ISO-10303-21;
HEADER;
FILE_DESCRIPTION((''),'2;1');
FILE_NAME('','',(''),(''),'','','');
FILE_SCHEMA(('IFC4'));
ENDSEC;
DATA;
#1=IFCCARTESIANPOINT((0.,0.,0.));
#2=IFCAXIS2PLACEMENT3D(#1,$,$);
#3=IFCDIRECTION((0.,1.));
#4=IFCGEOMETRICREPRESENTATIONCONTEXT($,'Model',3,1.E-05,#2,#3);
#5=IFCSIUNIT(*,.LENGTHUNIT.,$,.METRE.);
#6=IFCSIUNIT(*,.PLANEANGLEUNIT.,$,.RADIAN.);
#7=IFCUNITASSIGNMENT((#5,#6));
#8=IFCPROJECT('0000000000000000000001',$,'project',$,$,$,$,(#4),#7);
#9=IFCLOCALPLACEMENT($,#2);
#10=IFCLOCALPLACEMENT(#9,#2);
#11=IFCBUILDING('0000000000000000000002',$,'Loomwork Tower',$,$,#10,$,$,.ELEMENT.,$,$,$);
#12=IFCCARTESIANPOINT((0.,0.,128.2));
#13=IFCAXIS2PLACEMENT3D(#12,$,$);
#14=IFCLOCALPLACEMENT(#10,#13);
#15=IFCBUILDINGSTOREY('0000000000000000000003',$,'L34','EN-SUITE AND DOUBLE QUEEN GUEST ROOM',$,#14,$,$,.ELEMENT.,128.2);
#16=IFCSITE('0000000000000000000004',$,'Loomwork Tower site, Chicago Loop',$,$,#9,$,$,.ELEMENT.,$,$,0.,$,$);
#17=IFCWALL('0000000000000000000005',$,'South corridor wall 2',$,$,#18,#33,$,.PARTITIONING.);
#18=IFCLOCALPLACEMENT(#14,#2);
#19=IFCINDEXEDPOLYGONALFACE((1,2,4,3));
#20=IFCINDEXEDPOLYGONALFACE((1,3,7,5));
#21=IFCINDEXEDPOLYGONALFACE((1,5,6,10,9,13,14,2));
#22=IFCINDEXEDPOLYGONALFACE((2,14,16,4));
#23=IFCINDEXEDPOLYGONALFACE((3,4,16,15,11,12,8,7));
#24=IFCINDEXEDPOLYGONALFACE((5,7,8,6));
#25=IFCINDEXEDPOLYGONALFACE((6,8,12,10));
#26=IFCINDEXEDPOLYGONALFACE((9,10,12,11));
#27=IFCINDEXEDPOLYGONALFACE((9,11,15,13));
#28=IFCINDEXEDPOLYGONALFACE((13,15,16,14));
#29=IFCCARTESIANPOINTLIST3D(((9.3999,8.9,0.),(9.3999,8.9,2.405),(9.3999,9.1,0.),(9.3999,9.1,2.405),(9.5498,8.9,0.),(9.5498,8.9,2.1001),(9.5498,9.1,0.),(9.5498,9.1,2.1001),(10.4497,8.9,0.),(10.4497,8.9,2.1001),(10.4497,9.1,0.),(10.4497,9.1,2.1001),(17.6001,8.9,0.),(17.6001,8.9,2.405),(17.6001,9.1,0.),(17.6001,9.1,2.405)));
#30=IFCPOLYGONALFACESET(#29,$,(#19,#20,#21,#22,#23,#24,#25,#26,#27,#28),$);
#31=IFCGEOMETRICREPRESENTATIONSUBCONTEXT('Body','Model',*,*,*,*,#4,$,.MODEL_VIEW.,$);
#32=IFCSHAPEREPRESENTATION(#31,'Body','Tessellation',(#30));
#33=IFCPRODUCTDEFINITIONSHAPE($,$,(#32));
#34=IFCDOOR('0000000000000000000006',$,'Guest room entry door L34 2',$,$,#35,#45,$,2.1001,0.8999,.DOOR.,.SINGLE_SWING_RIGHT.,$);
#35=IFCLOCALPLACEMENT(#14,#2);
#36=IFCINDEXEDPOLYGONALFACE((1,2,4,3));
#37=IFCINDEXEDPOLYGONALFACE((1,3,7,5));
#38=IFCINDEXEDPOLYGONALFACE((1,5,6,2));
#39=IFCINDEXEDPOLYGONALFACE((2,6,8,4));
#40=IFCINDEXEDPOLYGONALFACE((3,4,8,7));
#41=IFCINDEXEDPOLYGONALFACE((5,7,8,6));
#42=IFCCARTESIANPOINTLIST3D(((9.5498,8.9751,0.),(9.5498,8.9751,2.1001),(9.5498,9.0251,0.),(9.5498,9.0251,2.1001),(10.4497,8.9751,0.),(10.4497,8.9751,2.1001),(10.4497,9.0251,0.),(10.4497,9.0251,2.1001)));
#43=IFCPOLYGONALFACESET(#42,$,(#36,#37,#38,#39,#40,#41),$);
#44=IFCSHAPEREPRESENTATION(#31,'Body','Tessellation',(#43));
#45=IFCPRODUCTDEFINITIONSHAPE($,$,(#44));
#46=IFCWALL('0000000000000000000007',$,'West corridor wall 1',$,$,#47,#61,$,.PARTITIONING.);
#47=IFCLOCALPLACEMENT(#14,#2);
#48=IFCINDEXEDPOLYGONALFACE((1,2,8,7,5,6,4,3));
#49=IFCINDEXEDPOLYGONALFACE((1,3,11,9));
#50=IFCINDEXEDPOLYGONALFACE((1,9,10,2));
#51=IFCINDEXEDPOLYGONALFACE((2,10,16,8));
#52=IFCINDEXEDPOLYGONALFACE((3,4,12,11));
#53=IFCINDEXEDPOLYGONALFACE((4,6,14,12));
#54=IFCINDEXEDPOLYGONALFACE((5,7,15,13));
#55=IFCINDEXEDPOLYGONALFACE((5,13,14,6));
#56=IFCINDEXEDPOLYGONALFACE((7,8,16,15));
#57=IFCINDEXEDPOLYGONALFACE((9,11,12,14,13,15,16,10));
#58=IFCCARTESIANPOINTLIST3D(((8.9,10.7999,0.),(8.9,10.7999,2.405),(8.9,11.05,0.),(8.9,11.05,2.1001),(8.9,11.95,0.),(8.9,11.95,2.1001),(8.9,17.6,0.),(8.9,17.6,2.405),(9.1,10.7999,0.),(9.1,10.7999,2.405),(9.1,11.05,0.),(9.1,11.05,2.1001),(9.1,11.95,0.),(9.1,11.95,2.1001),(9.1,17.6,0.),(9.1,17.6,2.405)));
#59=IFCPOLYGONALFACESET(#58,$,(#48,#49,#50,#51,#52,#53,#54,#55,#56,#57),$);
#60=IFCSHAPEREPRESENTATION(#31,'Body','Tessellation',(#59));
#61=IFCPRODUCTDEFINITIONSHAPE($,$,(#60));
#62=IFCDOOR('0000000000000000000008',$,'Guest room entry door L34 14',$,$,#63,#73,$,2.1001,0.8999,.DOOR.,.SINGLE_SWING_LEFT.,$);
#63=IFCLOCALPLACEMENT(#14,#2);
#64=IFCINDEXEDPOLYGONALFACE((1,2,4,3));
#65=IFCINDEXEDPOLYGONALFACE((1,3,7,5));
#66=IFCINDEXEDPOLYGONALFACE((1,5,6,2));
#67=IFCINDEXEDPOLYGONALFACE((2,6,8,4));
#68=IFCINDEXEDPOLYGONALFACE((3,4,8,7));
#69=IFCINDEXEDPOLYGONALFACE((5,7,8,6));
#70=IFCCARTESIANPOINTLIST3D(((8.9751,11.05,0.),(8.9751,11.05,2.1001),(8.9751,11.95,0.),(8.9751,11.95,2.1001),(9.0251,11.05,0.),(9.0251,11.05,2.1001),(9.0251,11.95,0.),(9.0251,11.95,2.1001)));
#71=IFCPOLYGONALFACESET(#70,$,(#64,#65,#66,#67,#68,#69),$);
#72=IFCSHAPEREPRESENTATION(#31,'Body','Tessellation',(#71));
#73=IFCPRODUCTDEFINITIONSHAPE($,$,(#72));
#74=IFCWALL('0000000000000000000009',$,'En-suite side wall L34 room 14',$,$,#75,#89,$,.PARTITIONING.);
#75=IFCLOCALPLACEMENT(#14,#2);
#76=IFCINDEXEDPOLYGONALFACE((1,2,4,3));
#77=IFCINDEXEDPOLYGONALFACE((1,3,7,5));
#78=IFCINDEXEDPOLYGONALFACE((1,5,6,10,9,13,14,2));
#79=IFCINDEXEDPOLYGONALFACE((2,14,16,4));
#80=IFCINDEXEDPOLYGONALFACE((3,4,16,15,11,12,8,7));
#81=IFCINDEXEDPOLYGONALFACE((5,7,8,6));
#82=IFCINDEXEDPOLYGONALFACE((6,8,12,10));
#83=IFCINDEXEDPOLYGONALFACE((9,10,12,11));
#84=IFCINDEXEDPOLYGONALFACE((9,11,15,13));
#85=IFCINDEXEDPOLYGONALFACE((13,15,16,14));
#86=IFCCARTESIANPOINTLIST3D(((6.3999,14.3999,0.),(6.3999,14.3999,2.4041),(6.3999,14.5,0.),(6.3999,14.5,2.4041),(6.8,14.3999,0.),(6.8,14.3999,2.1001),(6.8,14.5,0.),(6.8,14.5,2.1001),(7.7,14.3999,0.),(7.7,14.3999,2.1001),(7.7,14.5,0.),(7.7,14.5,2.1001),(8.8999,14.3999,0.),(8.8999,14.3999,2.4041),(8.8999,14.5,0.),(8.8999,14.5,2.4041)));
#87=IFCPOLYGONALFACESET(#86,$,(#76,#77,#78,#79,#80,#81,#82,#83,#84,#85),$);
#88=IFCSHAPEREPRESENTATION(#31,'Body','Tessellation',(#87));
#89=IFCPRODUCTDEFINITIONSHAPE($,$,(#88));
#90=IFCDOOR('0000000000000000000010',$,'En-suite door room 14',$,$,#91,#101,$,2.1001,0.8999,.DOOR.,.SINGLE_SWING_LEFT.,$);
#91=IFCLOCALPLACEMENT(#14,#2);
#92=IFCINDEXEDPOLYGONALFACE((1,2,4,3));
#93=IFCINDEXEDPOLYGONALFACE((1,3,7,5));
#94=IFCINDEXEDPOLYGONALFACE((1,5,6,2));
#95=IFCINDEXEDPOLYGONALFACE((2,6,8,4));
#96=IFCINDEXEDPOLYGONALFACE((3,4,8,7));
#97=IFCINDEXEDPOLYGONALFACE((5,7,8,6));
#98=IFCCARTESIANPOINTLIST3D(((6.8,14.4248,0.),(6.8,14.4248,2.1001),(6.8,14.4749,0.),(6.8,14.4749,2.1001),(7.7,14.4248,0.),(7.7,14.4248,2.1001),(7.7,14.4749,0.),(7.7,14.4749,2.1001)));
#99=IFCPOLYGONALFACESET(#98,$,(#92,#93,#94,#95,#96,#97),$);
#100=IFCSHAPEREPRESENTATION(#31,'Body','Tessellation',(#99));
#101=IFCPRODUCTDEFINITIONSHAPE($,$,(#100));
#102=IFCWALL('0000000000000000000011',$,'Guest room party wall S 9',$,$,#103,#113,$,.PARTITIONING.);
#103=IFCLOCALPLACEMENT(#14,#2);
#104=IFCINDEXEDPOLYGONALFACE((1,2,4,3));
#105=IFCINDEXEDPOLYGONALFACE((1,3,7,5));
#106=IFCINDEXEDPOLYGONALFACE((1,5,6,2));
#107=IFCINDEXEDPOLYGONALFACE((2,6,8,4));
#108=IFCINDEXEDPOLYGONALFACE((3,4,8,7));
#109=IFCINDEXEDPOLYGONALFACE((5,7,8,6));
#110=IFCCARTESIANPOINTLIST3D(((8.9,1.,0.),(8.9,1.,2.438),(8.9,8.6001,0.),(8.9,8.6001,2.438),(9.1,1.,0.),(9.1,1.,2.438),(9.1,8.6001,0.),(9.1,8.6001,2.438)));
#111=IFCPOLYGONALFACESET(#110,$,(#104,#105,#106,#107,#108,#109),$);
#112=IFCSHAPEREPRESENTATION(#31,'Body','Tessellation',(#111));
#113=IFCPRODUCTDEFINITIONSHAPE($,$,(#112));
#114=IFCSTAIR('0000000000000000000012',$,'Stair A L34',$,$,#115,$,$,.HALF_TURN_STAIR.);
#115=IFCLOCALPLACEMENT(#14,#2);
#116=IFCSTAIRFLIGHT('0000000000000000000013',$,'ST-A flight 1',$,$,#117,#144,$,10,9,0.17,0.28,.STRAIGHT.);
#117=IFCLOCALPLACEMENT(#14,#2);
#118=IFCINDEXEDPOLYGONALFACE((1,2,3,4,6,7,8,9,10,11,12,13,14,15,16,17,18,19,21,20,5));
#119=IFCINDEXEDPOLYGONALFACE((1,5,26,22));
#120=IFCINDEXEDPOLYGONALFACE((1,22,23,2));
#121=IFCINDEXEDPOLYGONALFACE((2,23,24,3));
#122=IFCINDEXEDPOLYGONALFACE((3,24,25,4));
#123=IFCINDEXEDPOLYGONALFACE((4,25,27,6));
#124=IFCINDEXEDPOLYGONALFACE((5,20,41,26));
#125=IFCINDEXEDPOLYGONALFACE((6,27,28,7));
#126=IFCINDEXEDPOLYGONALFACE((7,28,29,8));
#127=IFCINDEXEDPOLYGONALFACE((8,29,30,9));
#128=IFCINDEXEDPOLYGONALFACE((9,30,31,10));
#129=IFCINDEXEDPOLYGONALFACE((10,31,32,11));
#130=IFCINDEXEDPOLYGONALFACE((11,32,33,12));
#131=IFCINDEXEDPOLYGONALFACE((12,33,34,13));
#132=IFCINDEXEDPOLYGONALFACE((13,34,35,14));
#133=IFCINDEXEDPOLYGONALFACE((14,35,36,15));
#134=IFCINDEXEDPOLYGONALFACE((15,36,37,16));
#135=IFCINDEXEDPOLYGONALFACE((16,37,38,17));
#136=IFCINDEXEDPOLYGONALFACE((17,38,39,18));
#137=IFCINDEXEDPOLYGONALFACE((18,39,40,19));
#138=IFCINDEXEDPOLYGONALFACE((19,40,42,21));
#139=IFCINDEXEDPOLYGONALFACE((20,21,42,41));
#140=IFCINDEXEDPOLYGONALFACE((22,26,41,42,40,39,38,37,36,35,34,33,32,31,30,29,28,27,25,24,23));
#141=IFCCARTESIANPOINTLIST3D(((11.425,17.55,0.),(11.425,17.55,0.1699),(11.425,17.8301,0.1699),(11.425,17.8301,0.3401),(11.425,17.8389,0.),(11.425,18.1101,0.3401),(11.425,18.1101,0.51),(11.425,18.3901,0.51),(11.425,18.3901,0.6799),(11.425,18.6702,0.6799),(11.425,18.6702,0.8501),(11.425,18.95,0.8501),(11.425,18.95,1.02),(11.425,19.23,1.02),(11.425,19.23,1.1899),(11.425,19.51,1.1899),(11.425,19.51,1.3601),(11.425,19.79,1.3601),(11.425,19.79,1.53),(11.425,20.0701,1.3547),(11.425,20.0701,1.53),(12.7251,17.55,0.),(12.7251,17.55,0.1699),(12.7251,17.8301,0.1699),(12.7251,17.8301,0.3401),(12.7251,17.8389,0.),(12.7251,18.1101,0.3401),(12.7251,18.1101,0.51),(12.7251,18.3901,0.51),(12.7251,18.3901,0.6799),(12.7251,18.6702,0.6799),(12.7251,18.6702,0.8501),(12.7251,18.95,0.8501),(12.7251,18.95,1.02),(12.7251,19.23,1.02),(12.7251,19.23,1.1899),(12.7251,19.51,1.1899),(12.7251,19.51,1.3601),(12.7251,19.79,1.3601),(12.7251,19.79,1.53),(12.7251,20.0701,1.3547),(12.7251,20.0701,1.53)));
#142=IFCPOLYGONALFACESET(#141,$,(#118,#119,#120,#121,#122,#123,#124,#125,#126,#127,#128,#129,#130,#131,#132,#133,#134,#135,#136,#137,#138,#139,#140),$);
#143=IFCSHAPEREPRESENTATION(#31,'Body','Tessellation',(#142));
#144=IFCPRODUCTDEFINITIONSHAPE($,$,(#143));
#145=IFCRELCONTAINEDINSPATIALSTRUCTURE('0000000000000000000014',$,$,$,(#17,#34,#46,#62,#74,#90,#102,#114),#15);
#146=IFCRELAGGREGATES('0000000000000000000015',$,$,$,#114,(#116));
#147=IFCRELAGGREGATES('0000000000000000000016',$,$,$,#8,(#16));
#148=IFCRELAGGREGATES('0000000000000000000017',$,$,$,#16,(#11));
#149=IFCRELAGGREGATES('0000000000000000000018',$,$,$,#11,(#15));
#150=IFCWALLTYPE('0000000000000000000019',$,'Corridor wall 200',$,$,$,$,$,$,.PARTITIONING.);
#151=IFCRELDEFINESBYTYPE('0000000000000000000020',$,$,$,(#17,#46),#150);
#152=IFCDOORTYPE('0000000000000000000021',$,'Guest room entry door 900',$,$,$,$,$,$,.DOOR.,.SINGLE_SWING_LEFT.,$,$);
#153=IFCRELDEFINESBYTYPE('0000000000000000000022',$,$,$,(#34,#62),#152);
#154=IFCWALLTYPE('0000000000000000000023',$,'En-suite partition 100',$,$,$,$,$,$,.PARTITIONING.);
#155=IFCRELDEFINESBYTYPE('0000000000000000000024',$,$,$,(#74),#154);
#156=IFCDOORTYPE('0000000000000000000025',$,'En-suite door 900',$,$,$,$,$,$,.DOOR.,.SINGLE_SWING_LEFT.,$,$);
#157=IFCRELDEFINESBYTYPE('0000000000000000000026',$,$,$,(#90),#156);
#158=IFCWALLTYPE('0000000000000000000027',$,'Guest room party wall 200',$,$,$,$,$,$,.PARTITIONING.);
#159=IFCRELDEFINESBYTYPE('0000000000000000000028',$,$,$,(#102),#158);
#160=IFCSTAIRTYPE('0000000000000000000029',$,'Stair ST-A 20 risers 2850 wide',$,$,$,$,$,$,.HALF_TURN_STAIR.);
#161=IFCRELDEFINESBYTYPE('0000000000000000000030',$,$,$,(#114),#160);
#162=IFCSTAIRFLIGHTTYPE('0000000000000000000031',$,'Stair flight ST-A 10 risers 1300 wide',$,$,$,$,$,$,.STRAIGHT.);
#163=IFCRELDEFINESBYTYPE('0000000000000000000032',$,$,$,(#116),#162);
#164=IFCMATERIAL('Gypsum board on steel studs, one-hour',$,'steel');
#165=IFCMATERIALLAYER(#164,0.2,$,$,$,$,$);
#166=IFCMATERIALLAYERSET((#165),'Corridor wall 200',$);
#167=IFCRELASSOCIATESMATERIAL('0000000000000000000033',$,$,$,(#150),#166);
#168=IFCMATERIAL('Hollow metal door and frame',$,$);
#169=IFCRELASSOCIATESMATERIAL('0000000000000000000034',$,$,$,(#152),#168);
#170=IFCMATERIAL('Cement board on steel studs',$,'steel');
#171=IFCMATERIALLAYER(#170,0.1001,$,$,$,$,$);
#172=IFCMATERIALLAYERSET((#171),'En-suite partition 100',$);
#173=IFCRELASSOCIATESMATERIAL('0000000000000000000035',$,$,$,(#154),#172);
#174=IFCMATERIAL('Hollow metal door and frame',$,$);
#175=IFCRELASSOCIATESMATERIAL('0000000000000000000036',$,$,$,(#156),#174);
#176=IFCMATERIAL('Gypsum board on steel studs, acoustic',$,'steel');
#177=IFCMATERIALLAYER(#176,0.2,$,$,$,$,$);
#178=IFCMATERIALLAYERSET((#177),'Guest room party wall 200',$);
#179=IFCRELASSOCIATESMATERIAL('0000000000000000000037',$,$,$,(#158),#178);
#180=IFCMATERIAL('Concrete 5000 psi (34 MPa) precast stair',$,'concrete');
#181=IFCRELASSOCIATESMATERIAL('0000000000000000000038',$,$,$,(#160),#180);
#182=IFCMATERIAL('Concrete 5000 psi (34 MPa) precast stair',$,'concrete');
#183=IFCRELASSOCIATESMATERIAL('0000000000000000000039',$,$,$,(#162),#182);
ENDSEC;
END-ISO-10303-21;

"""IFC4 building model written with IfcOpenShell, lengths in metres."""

from ifc_helpers import new_model, si_unit, direction, frame, frame_2d, origin, place, context, subcontext, project, spatial, polyline, rectangle, outline, extrude, material, layer, layer_set, type_object, element, fill, aggregate, save


model = new_model("IFC4")

# Units and contexts
model_context = context("Model", 3, precision=1e-05, world=origin(), true_north=direction((0.0, 1.0)))
body_context = subcontext(model_context, "Body", "Model", "MODEL_VIEW")
ifc_project = project(units=[si_unit("LENGTHUNIT", "METRE"), si_unit("PLANEANGLEUNIT", "RADIAN")], contexts=[model_context])

# Site, building, storey
site_placement = place(None, origin())
site = spatial("IfcSite", under=ifc_project, at=site_placement, Name="Loomwork Tower site, Chicago Loop", CompositionType="ELEMENT", RefElevation=0.0)
building_placement = place(site_placement, origin())
building = spatial("IfcBuilding", under=site, at=building_placement, Name="Loomwork Tower", CompositionType="ELEMENT")
storey_placement = place(building_placement, frame((0.0, 0.0, 128.2)))
storey = spatial("IfcBuildingStorey", under=building, at=storey_placement, Name="L34", Description="EN-SUITE AND DOUBLE QUEEN GUEST ROOM", CompositionType="ELEMENT", Elevation=128.2)

# Walls, openings, doors
ifc_material_1 = material(Name="Gypsum board on steel studs, one-hour", Category="steel")
ifc_layer_1 = layer(ifc_material_1, 0.2)
ifc_layer_set_1 = layer_set([ifc_layer_1], Name="Corridor wall 200")
wall_type_1 = type_object("IfcWallType", Name="Corridor wall 200", PredefinedType="PARTITIONING", material=ifc_layer_set_1)
wall_1_placement = place(storey_placement, frame((9.3999, 9.0, 0.0), z_axis=(0.0, 0.0, 1.0), x_axis=(1.0, 0.0, 0.0)))
wall_1 = element("IfcWall", 1, at=wall_1_placement, inside=storey, type_object=wall_type_1, Name="South corridor wall 2", PredefinedType="PARTITIONING", context=body_context, shape_type="SweptSolid", body=[
    extrude(rectangle(XDim=8.2002, YDim=0.2, at=frame_2d((4.1001, 0.0))), origin(), (0.0, 0.0, 1.0), 2.405),
])
opening_1_placement = place(wall_1_placement, frame((0.1499, 0.0, 0.0)))
opening_1 = element("IfcOpeningElement", 2, at=opening_1_placement, cuts=wall_1, PredefinedType="OPENING", context=body_context, shape_type="SweptSolid", body=[
    extrude(rectangle(XDim=0.8999, YDim=2.1001, at=frame_2d((0.45, 1.05))), frame((0.0, 0.1099, 0.0), z_axis=(0.0, -1.0, 0.0), x_axis=(1.0, 0.0, 0.0)), (0.0, 0.0, 1.0), 0.22),
])
ifc_material_2 = material(Name="Hollow metal door and frame")
door_type_1 = type_object("IfcDoorType", Name="Guest room entry door 900", OperationType="SINGLE_SWING_LEFT", PredefinedType="DOOR", material=ifc_material_2)
door_1_placement = place(opening_1_placement, frame((0.8999, 0.0, 0.0), z_axis=(0.0, 0.0, 1.0), x_axis=(-1.0, 0.0, 0.0)))
door_1 = element("IfcDoor", 3, at=door_1_placement, inside=storey, type_object=door_type_1, Name="Guest room entry door L34 2", OperationType="SINGLE_SWING_RIGHT", OverallHeight=2.1001, OverallWidth=0.8999, PredefinedType="DOOR", context=body_context, shape_type="SweptSolid", body=[
    extrude(rectangle(XDim=0.8999, YDim=2.1001, at=frame_2d((0.45, 1.05))), frame((0.0, 0.0249, 0.0), z_axis=(0.0, -1.0, 0.0), x_axis=(1.0, 0.0, 0.0)), (0.0, 0.0, 1.0), 0.05),
])
fill(opening_1, door_1)
wall_2_placement = place(storey_placement, frame((9.0, 10.8, 0.0), z_axis=(0.0, 0.0, 1.0), x_axis=(0.0, 1.0, 0.0)))
wall_2 = element("IfcWall", 4, at=wall_2_placement, inside=storey, type_object=wall_type_1, Name="West corridor wall 1", PredefinedType="PARTITIONING", context=body_context, shape_type="SweptSolid", body=[
    extrude(rectangle(XDim=6.8, YDim=0.2, at=frame_2d((3.3999, 0.0))), origin(), (0.0, 0.0, 1.0), 2.405),
])
opening_2_placement = place(wall_2_placement, frame((0.25, 0.0, 0.0)))
opening_2 = element("IfcOpeningElement", 5, at=opening_2_placement, cuts=wall_2, PredefinedType="OPENING", context=body_context, shape_type="SweptSolid", body=[
    extrude(rectangle(XDim=0.8999, YDim=2.1001, at=frame_2d((0.45, 1.05))), frame((0.0, 0.1099, 0.0), z_axis=(0.0, -1.0, 0.0), x_axis=(1.0, 0.0, 0.0)), (0.0, 0.0, 1.0), 0.22),
])
door_2_placement = place(opening_2_placement, origin())
door_2 = element("IfcDoor", 6, at=door_2_placement, inside=storey, type_object=door_type_1, Name="Guest room entry door L34 14", OperationType="SINGLE_SWING_LEFT", OverallHeight=2.1001, OverallWidth=0.8999, PredefinedType="DOOR", context=body_context, shape_type="SweptSolid", body=[
    extrude(rectangle(XDim=0.8999, YDim=2.1001, at=frame_2d((0.45, 1.05))), frame((0.0, 0.0249, 0.0), z_axis=(0.0, -1.0, 0.0), x_axis=(1.0, 0.0, 0.0)), (0.0, 0.0, 1.0), 0.05),
])
fill(opening_2, door_2)
ifc_material_3 = material(Name="Cement board on steel studs", Category="steel")
ifc_layer_2 = layer(ifc_material_3, 0.1001)
ifc_layer_set_2 = layer_set([ifc_layer_2], Name="En-suite partition 100")
wall_type_2 = type_object("IfcWallType", Name="En-suite partition 100", PredefinedType="PARTITIONING", material=ifc_layer_set_2)
wall_3_placement = place(storey_placement, frame((8.8999, 14.45, 0.0), z_axis=(0.0, 0.0, 1.0), x_axis=(-1.0, 0.0, 0.0)))
wall_3 = element("IfcWall", 7, at=wall_3_placement, inside=storey, type_object=wall_type_2, Name="En-suite side wall L34 room 14", PredefinedType="PARTITIONING", context=body_context, shape_type="SweptSolid", body=[
    extrude(rectangle(XDim=2.5, YDim=0.1001, at=frame_2d((1.25, 0.0))), origin(), (0.0, 0.0, 1.0), 2.4041),
])
opening_3_placement = place(wall_3_placement, frame((1.2, 0.0, 0.0)))
opening_3 = element("IfcOpeningElement", 8, at=opening_3_placement, cuts=wall_3, PredefinedType="OPENING", context=body_context, shape_type="SweptSolid", body=[
    extrude(rectangle(XDim=0.8999, YDim=2.1001, at=frame_2d((0.45, 1.05))), frame((0.0, 0.0601, 0.0), z_axis=(0.0, -1.0, 0.0), x_axis=(1.0, 0.0, 0.0)), (0.0, 0.0, 1.0), 0.1201),
])
ifc_material_4 = material(Name="Hollow metal door and frame")
door_type_2 = type_object("IfcDoorType", Name="En-suite door 900", OperationType="SINGLE_SWING_LEFT", PredefinedType="DOOR", material=ifc_material_4)
door_3_placement = place(opening_3_placement, frame((0.8999, 0.0, 0.0), z_axis=(0.0, 0.0, 1.0), x_axis=(-1.0, 0.0, 0.0)))
door_3 = element("IfcDoor", 9, at=door_3_placement, inside=storey, type_object=door_type_2, Name="En-suite door room 14", OperationType="SINGLE_SWING_LEFT", OverallHeight=2.1001, OverallWidth=0.8999, PredefinedType="DOOR", context=body_context, shape_type="SweptSolid", body=[
    extrude(rectangle(XDim=0.8999, YDim=2.1001, at=frame_2d((0.45, 1.05))), frame((0.0, 0.0249, 0.0), z_axis=(0.0, -1.0, 0.0), x_axis=(1.0, 0.0, 0.0)), (0.0, 0.0, 1.0), 0.05),
])
fill(opening_3, door_3)

# Wall
ifc_material_5 = material(Name="Gypsum board on steel studs, acoustic", Category="steel")
ifc_layer_3 = layer(ifc_material_5, 0.2)
ifc_layer_set_3 = layer_set([ifc_layer_3], Name="Guest room party wall 200")
wall_type_3 = type_object("IfcWallType", Name="Guest room party wall 200", PredefinedType="PARTITIONING", material=ifc_layer_set_3)
wall_4_placement = place(storey_placement, frame((9.0, 8.6001, 0.0), z_axis=(0.0, 0.0, 1.0), x_axis=(0.0, -1.0, 0.0)))
element("IfcWall", 10, at=wall_4_placement, inside=storey, type_object=wall_type_3, Name="Guest room party wall S 9", PredefinedType="PARTITIONING", context=body_context, shape_type="SweptSolid", body=[
    extrude(rectangle(XDim=7.6001, YDim=0.2, at=frame_2d((3.8, 0.0))), origin(), (0.0, 0.0, 1.0), 2.438),
])

# Stair, stair flight
ifc_material_6 = material(Name="Concrete 5000 psi (34 MPa) precast stair", Category="concrete")
stair_type = type_object("IfcStairType", Name="Stair ST-A 20 risers 2850 wide", PredefinedType="HALF_TURN_STAIR", material=ifc_material_6)
stair_placement = place(storey_placement, origin())
stair = element("IfcStair", 11, at=stair_placement, inside=storey, type_object=stair_type, Name="Stair A L34", PredefinedType="HALF_TURN_STAIR")
ifc_material_7 = material(Name="Concrete 5000 psi (34 MPa) precast stair", Category="concrete")
stair_flight_type = type_object("IfcStairFlightType", Name="Stair flight ST-A 10 risers 1300 wide", PredefinedType="STRAIGHT", material=ifc_material_7)
stair_flight_placement = place(storey_placement, frame((12.075, 17.55, 0.0), z_axis=(0.0, 0.0, 1.0), x_axis=(0.0, 1.0, 0.0)))
stair_flight = element("IfcStairFlight", 12, at=stair_flight_placement, type_object=stair_flight_type, Name="ST-A flight 1", NumberOfRisers=10, NumberOfTreads=9, PredefinedType="STRAIGHT", RiserHeight=0.17, TreadLength=0.28, context=body_context, shape_type="SweptSolid", body=[
    extrude(outline(polyline([(0.0, 0.0), (0.0, 0.1699), (0.28, 0.1699), (0.28, 0.3401), (0.5601, 0.3401), (0.5601, 0.51), (0.8401, 0.51), (0.8401, 0.6799), (1.1201, 0.6799), (1.1201, 0.8501), (1.3999, 0.8501), (1.3999, 1.02), (1.6799, 1.02), (1.6799, 1.1899), (1.96, 1.1899), (1.96, 1.3601), (2.24, 1.3601), (2.24, 1.53), (2.52, 1.53), (2.52, 1.7), (2.52, 1.3547), (0.2888, 0.0), (0.0, 0.0)])), frame((0.0, 0.6499, 0.0), z_axis=(0.0, -1.0, 0.0), x_axis=(1.0, 0.0, 0.0)), (0.0, 0.0, 1.0), 1.3),
])
aggregate(stair, [stair_flight])

save(model, "model.ifc")
